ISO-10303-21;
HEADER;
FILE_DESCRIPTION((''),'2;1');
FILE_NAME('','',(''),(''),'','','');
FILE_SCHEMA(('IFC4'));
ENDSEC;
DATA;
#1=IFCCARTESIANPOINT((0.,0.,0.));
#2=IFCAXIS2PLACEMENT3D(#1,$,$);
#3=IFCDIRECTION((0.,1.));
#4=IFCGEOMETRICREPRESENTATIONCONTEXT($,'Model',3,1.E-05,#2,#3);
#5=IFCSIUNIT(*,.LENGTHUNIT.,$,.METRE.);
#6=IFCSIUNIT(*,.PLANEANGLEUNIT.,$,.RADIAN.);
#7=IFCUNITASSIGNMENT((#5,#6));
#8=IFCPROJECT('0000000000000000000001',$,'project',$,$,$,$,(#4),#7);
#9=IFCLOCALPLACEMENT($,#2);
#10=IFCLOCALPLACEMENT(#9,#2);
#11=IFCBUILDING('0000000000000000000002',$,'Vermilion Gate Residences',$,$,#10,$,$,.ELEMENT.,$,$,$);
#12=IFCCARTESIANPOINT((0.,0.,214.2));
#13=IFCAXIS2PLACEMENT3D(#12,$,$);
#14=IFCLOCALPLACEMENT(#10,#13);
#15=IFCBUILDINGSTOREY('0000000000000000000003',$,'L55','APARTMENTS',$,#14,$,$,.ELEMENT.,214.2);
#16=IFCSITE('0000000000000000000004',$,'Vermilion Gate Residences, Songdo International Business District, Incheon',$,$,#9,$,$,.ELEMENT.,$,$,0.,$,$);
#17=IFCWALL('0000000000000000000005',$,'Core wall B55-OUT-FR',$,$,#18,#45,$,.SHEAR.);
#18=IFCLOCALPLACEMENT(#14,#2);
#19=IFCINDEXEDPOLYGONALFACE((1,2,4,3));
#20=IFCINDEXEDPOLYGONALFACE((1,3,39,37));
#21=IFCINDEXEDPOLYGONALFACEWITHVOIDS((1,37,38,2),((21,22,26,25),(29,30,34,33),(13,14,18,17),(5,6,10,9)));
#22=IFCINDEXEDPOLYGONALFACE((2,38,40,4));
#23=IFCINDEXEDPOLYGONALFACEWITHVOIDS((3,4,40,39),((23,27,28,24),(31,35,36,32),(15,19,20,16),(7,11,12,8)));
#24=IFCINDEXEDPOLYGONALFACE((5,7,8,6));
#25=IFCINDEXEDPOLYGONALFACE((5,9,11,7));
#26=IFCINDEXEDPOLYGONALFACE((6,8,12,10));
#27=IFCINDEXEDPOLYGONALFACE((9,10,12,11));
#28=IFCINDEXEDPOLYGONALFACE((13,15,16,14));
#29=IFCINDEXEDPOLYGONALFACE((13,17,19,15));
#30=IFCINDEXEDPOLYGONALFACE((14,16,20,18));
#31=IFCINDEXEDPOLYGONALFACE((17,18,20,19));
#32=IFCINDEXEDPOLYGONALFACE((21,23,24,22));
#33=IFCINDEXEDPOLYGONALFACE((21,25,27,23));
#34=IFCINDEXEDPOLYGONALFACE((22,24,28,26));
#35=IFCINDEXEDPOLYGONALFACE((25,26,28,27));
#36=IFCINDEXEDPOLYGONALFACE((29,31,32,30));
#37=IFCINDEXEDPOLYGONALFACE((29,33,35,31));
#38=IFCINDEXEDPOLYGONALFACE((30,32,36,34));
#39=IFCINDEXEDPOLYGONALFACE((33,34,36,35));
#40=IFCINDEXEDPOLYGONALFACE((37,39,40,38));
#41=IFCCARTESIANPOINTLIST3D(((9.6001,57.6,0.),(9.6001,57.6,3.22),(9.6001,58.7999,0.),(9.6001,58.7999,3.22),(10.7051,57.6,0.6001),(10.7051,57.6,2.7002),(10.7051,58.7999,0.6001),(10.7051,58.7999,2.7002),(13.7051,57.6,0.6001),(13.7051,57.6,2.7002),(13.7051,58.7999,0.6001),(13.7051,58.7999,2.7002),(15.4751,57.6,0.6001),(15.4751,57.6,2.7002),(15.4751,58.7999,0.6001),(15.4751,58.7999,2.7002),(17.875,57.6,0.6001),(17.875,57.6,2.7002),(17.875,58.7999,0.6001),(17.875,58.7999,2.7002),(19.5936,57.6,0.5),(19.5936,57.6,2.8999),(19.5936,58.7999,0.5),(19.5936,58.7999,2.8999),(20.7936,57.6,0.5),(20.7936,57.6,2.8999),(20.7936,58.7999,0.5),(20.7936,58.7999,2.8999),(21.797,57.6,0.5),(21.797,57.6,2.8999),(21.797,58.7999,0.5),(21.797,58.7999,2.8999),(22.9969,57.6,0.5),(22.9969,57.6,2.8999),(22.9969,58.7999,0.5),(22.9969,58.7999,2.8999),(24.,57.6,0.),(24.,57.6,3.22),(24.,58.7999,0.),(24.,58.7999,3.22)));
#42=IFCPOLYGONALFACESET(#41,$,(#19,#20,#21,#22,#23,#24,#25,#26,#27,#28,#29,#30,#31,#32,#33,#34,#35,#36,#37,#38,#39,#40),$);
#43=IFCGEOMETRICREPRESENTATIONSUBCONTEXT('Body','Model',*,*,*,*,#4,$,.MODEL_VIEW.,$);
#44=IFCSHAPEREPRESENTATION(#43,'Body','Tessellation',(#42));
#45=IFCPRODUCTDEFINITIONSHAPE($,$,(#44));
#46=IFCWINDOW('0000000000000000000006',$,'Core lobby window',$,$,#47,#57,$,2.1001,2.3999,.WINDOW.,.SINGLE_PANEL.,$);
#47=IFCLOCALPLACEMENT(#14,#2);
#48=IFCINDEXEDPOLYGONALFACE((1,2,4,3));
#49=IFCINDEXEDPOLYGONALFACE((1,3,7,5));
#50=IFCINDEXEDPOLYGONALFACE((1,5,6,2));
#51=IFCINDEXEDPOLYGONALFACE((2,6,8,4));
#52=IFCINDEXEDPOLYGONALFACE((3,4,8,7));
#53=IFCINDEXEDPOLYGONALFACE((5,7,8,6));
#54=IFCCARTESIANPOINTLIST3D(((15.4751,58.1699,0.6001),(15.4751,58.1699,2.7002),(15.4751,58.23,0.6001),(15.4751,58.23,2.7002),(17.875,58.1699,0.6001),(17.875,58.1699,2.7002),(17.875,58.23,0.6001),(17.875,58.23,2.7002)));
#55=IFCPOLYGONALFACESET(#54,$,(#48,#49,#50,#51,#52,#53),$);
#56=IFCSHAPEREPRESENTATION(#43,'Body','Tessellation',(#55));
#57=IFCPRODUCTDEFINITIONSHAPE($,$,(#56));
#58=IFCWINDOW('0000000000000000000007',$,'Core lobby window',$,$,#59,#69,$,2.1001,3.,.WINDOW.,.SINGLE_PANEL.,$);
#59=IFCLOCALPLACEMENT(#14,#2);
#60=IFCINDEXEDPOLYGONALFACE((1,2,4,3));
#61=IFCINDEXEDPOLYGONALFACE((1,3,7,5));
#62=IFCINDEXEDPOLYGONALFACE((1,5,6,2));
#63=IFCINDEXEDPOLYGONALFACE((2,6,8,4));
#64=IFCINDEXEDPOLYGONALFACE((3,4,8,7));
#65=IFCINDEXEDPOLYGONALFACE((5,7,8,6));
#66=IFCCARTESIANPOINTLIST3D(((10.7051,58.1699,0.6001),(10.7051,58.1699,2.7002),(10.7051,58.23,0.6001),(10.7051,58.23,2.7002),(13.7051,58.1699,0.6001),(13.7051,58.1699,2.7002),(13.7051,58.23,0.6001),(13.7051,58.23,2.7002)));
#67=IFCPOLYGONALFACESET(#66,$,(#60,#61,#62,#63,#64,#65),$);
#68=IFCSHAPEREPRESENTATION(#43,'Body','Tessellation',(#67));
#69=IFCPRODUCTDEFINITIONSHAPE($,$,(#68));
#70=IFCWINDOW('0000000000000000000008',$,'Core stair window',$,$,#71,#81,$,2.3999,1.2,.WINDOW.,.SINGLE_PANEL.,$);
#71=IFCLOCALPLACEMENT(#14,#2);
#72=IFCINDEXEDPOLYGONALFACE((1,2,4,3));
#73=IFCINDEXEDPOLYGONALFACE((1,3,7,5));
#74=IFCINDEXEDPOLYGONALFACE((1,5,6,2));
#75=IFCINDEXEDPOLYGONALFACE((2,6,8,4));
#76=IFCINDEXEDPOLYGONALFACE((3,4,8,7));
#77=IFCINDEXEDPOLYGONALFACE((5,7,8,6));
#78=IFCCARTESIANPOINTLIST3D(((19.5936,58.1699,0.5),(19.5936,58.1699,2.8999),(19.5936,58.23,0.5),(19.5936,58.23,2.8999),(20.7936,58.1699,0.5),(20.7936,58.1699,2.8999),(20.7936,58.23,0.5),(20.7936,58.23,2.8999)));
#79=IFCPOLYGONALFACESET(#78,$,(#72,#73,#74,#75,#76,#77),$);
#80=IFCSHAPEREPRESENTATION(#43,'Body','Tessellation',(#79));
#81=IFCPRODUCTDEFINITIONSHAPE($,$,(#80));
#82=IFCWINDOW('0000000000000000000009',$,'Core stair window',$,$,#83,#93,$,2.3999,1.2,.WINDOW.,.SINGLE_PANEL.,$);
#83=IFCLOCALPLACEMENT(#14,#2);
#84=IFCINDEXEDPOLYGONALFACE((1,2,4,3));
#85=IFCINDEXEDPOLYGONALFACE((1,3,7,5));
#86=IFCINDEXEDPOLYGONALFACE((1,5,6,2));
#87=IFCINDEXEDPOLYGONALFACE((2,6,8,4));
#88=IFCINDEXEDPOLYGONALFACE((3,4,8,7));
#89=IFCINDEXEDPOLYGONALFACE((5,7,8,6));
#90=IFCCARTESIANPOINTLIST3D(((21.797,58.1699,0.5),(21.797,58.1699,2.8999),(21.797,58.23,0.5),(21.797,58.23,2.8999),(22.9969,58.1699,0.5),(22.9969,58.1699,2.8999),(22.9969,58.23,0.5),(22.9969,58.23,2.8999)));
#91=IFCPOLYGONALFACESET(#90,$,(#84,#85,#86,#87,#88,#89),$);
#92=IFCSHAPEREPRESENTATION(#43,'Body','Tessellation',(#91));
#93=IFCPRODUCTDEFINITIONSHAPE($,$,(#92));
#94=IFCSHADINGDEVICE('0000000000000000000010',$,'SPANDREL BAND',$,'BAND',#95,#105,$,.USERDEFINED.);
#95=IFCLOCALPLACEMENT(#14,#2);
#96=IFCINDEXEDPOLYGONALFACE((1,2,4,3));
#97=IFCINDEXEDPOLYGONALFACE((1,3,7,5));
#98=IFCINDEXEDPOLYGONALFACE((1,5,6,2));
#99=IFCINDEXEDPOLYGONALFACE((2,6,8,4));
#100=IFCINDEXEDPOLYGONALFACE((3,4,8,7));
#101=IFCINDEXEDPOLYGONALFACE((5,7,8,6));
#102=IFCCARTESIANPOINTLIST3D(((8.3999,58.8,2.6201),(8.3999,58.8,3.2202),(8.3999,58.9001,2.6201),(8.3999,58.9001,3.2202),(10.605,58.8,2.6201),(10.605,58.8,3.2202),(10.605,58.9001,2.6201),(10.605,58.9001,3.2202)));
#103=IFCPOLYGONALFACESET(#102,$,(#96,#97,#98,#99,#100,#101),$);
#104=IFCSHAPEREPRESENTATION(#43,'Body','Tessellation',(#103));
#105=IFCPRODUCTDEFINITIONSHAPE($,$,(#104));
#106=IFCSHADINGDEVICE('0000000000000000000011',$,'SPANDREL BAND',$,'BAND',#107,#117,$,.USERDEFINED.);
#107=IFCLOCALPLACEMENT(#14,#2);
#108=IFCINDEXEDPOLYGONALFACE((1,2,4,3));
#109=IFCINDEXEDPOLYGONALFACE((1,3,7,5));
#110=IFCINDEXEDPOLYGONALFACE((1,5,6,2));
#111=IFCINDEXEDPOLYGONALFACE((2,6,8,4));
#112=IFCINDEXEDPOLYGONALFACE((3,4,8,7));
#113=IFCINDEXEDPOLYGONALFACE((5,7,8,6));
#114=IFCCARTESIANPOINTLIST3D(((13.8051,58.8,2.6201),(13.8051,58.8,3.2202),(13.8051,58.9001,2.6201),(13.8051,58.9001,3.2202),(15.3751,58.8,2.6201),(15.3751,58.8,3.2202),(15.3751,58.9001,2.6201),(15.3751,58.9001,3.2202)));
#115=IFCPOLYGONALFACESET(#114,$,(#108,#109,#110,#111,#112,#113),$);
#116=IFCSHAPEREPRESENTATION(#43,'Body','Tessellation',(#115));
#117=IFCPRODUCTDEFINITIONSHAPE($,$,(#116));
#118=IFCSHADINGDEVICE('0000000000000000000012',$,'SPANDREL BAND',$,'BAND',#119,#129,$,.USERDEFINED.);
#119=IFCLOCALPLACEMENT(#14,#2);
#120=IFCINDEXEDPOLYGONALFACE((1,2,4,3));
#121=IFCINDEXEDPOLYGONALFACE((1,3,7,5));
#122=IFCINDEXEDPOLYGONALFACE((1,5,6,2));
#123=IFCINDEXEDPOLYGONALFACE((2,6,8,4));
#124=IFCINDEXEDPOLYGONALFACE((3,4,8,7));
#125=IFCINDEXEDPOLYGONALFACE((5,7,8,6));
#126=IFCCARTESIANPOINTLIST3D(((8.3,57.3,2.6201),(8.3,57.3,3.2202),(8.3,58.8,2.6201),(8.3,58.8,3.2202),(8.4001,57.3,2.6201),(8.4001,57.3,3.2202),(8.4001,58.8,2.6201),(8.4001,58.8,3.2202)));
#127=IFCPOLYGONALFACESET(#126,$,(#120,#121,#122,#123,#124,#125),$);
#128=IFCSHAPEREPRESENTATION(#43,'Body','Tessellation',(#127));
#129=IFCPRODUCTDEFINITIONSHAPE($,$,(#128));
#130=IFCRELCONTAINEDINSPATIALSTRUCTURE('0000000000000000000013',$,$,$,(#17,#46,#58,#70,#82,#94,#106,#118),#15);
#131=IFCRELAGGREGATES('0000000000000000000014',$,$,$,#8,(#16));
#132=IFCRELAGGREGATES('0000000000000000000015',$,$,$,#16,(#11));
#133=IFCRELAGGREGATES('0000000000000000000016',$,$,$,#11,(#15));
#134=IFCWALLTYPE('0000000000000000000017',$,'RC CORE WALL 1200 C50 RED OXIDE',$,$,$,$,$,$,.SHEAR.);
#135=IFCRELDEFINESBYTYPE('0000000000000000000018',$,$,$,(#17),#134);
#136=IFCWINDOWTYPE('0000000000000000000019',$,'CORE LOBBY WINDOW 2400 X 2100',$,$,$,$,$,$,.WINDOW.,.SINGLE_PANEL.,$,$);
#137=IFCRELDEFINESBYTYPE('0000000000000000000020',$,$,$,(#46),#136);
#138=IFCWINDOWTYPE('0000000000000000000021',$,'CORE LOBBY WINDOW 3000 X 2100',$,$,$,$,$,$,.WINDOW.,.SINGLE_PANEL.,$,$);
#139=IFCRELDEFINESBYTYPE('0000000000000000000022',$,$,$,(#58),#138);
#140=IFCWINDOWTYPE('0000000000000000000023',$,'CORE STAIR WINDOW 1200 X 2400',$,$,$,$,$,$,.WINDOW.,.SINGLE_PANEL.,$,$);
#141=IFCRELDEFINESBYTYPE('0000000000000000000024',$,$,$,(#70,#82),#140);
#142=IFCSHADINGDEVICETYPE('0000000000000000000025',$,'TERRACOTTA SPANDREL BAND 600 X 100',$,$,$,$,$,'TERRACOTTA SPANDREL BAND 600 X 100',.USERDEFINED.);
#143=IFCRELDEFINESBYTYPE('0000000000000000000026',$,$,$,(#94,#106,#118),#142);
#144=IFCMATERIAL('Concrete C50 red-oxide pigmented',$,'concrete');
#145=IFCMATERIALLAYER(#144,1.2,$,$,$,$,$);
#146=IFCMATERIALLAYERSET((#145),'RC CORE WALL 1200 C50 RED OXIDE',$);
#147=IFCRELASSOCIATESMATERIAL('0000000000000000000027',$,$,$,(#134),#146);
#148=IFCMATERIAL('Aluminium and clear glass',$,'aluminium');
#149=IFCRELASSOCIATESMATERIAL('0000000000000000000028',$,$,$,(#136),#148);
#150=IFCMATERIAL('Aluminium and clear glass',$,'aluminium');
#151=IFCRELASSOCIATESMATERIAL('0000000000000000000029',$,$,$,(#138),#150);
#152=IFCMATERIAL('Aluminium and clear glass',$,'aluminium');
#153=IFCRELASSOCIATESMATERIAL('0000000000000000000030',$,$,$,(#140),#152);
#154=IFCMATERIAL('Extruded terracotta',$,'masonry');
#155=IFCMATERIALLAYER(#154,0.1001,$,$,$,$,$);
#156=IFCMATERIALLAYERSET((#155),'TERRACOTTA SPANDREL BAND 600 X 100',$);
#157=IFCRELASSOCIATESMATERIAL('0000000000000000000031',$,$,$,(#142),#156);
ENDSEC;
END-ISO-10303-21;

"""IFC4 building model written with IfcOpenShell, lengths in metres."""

from ifc_helpers import new_model, si_unit, direction, frame, frame_2d, origin, origin_2d, place, context, subcontext, project, spatial, rectangle, extrude, material, layer, layer_set, type_object, element, fill, save


model = new_model("IFC4")

# Units and contexts
model_context = context("Model", 3, precision=1e-05, world=origin(), true_north=direction((0.0, 1.0)))
body_context = subcontext(model_context, "Body", "Model", "MODEL_VIEW")
ifc_project = project(units=[si_unit("LENGTHUNIT", "METRE"), si_unit("PLANEANGLEUNIT", "RADIAN")], contexts=[model_context])

# Site, building, storey
site_placement = place(None, origin())
site = spatial("IfcSite", under=ifc_project, at=site_placement, Name="Vermilion Gate Residences, Songdo International Business District, Incheon", CompositionType="ELEMENT", RefElevation=0.0)
building_placement = place(site_placement, origin())
building = spatial("IfcBuilding", under=site, at=building_placement, Name="Vermilion Gate Residences", CompositionType="ELEMENT")
storey_placement = place(building_placement, frame((0.0, 0.0, 214.2)))
storey = spatial("IfcBuildingStorey", under=building, at=storey_placement, Name="L55", Description="APARTMENTS", CompositionType="ELEMENT", Elevation=214.2)

# Wall, openings, windows
ifc_material_1 = material(Name="Concrete C50 red-oxide pigmented", Category="concrete")
ifc_layer_1 = layer(ifc_material_1, 1.2)
ifc_layer_set_1 = layer_set([ifc_layer_1], Name="RC CORE WALL 1200 C50 RED OXIDE")
wall_type_1 = type_object("IfcWallType", Name="RC CORE WALL 1200 C50 RED OXIDE", PredefinedType="SHEAR", material=ifc_layer_set_1)
ifc_material_2 = material(Name="Aluminium and clear glass", Category="aluminium")
window_type_1 = type_object("IfcWindowType", Name="CORE LOBBY WINDOW 2400 X 2100", PartitioningType="SINGLE_PANEL", PredefinedType="WINDOW", material=ifc_material_2)
wall_1_placement = place(storey_placement, frame((9.6001, 58.2, 0.0), z_axis=(0.0, 0.0, 1.0), x_axis=(1.0, 0.0, 0.0)))
wall_1 = element("IfcWall", 1, at=wall_1_placement, inside=storey, type_object=wall_type_1, Name="Core wall B55-OUT-FR", PredefinedType="SHEAR", context=body_context, shape_type="SweptSolid", body=[
    extrude(rectangle(XDim=14.3999, YDim=1.2, at=frame_2d((7.2, 0.0))), origin(), (0.0, 0.0, 1.0), 3.22),
])
opening_1_placement = place(wall_1_placement, frame((1.105, 0.0, 0.6001)))
opening_1 = element("IfcOpeningElement", 2, at=opening_1_placement, cuts=wall_1, PredefinedType="OPENING", context=body_context, shape_type="SweptSolid", body=[
    extrude(rectangle(XDim=3.0, YDim=2.1001, at=frame_2d((1.5, 1.05))), frame((0.0, 0.6099, 0.0), z_axis=(0.0, -1.0, 0.0), x_axis=(1.0, 0.0, 0.0)), (0.0, 0.0, 1.0), 1.22),
])
opening_2_placement = place(wall_1_placement, frame((5.875, 0.0, 0.6001)))
opening_2 = element("IfcOpeningElement", 3, at=opening_2_placement, cuts=wall_1, PredefinedType="OPENING", context=body_context, shape_type="SweptSolid", body=[
    extrude(rectangle(XDim=2.3999, YDim=2.1001, at=frame_2d((1.2, 1.05))), frame((0.0, 0.6099, 0.0), z_axis=(0.0, -1.0, 0.0), x_axis=(1.0, 0.0, 0.0)), (0.0, 0.0, 1.0), 1.22),
])
opening_3_placement = place(wall_1_placement, frame((9.9934, 0.0, 0.5)))
opening_3 = element("IfcOpeningElement", 4, at=opening_3_placement, cuts=wall_1, PredefinedType="OPENING", context=body_context, shape_type="SweptSolid", body=[
    extrude(rectangle(XDim=1.2, YDim=2.3999, at=frame_2d((0.6001, 1.2))), frame((0.0, 0.6099, 0.0), z_axis=(0.0, -1.0, 0.0), x_axis=(1.0, 0.0, 0.0)), (0.0, 0.0, 1.0), 1.22),
])
opening_4_placement = place(wall_1_placement, frame((12.1968, 0.0, 0.5)))
opening_4 = element("IfcOpeningElement", 5, at=opening_4_placement, cuts=wall_1, PredefinedType="OPENING", context=body_context, shape_type="SweptSolid", body=[
    extrude(rectangle(XDim=1.2, YDim=2.3999, at=frame_2d((0.6001, 1.2))), frame((0.0, 0.6099, 0.0), z_axis=(0.0, -1.0, 0.0), x_axis=(1.0, 0.0, 0.0)), (0.0, 0.0, 1.0), 1.22),
])
window_1_placement = place(opening_2_placement, origin())
window_1 = element("IfcWindow", 6, at=window_1_placement, inside=storey, type_object=window_type_1, Name="Core lobby window", OverallHeight=2.1001, OverallWidth=2.3999, PartitioningType="SINGLE_PANEL", PredefinedType="WINDOW", context=body_context, shape_type="SweptSolid", body=[
    extrude(rectangle(XDim=2.3999, YDim=2.1001, at=frame_2d((1.2, 1.05))), frame((0.0, 0.03, 0.0), z_axis=(0.0, -1.0, 0.0), x_axis=(1.0, 0.0, 0.0)), (0.0, 0.0, 1.0), 0.0601),
])
fill(opening_2, window_1)
ifc_material_3 = material(Name="Aluminium and clear glass", Category="aluminium")
window_type_2 = type_object("IfcWindowType", Name="CORE LOBBY WINDOW 3000 X 2100", PartitioningType="SINGLE_PANEL", PredefinedType="WINDOW", material=ifc_material_3)
window_2_placement = place(opening_1_placement, origin())
window_2 = element("IfcWindow", 7, at=window_2_placement, inside=storey, type_object=window_type_2, Name="Core lobby window", OverallHeight=2.1001, OverallWidth=3.0, PartitioningType="SINGLE_PANEL", PredefinedType="WINDOW", context=body_context, shape_type="SweptSolid", body=[
    extrude(rectangle(XDim=3.0, YDim=2.1001, at=frame_2d((1.5, 1.05))), frame((0.0, 0.03, 0.0), z_axis=(0.0, -1.0, 0.0), x_axis=(1.0, 0.0, 0.0)), (0.0, 0.0, 1.0), 0.0601),
])
fill(opening_1, window_2)
ifc_material_4 = material(Name="Aluminium and clear glass", Category="aluminium")
window_type_3 = type_object("IfcWindowType", Name="CORE STAIR WINDOW 1200 X 2400", PartitioningType="SINGLE_PANEL", PredefinedType="WINDOW", material=ifc_material_4)
window_3_placement = place(opening_3_placement, origin())
window_3 = element("IfcWindow", 8, at=window_3_placement, inside=storey, type_object=window_type_3, Name="Core stair window", OverallHeight=2.3999, OverallWidth=1.2, PartitioningType="SINGLE_PANEL", PredefinedType="WINDOW", context=body_context, shape_type="SweptSolid", body=[
    extrude(rectangle(XDim=1.2, YDim=2.3999, at=frame_2d((0.6001, 1.2))), frame((0.0, 0.03, 0.0), z_axis=(0.0, -1.0, 0.0), x_axis=(1.0, 0.0, 0.0)), (0.0, 0.0, 1.0), 0.0601),
])
fill(opening_3, window_3)
window_4_placement = place(opening_4_placement, origin())
window_4 = element("IfcWindow", 9, at=window_4_placement, inside=storey, type_object=window_type_3, Name="Core stair window", OverallHeight=2.3999, OverallWidth=1.2, PartitioningType="SINGLE_PANEL", PredefinedType="WINDOW", context=body_context, shape_type="SweptSolid", body=[
    extrude(rectangle(XDim=1.2, YDim=2.3999, at=frame_2d((0.6001, 1.2))), frame((0.0, 0.03, 0.0), z_axis=(0.0, -1.0, 0.0), x_axis=(1.0, 0.0, 0.0)), (0.0, 0.0, 1.0), 0.0601),
])
fill(opening_4, window_4)

# Shading devices
ifc_material_5 = material(Name="Extruded terracotta", Category="masonry")
ifc_layer_2 = layer(ifc_material_5, 0.1001)
ifc_layer_set_2 = layer_set([ifc_layer_2], Name="TERRACOTTA SPANDREL BAND 600 X 100")
shading_device_type = type_object("IfcShadingDeviceType", Name="TERRACOTTA SPANDREL BAND 600 X 100", ElementType="TERRACOTTA SPANDREL BAND 600 X 100", PredefinedType="USERDEFINED", material=ifc_layer_set_2)
shading_device_1_placement = place(storey_placement, frame((9.5024, 58.8501, 2.6201), z_axis=(0.0, 0.0, 1.0), x_axis=(1.0, 0.0, 0.0)))
element("IfcShadingDevice", 10, at=shading_device_1_placement, inside=storey, type_object=shading_device_type, Name="SPANDREL BAND", ObjectType="BAND", PredefinedType="USERDEFINED", context=body_context, shape_type="SweptSolid", body=[
    extrude(rectangle(XDim=2.2051, YDim=0.1001, at=origin_2d()), origin(), (0.0, 0.0, 1.0), 0.6001),
])
shading_device_2_placement = place(storey_placement, frame((14.5901, 58.8501, 2.6201), z_axis=(0.0, 0.0, 1.0), x_axis=(1.0, 0.0, 0.0)))
element("IfcShadingDevice", 11, at=shading_device_2_placement, inside=storey, type_object=shading_device_type, Name="SPANDREL BAND", ObjectType="BAND", PredefinedType="USERDEFINED", context=body_context, shape_type="SweptSolid", body=[
    extrude(rectangle(XDim=1.5701, YDim=0.1001, at=origin_2d()), origin(), (0.0, 0.0, 1.0), 0.6001),
])
shading_device_3_placement = place(storey_placement, frame((8.3501, 58.05, 2.6201), z_axis=(0.0, 0.0, 1.0), x_axis=(0.0, 1.0, 0.0)))
element("IfcShadingDevice", 12, at=shading_device_3_placement, inside=storey, type_object=shading_device_type, Name="SPANDREL BAND", ObjectType="BAND", PredefinedType="USERDEFINED", context=body_context, shape_type="SweptSolid", body=[
    extrude(rectangle(XDim=1.5, YDim=0.1001, at=origin_2d()), origin(), (0.0, 0.0, 1.0), 0.6001),
])

save(model, "model.ifc")
